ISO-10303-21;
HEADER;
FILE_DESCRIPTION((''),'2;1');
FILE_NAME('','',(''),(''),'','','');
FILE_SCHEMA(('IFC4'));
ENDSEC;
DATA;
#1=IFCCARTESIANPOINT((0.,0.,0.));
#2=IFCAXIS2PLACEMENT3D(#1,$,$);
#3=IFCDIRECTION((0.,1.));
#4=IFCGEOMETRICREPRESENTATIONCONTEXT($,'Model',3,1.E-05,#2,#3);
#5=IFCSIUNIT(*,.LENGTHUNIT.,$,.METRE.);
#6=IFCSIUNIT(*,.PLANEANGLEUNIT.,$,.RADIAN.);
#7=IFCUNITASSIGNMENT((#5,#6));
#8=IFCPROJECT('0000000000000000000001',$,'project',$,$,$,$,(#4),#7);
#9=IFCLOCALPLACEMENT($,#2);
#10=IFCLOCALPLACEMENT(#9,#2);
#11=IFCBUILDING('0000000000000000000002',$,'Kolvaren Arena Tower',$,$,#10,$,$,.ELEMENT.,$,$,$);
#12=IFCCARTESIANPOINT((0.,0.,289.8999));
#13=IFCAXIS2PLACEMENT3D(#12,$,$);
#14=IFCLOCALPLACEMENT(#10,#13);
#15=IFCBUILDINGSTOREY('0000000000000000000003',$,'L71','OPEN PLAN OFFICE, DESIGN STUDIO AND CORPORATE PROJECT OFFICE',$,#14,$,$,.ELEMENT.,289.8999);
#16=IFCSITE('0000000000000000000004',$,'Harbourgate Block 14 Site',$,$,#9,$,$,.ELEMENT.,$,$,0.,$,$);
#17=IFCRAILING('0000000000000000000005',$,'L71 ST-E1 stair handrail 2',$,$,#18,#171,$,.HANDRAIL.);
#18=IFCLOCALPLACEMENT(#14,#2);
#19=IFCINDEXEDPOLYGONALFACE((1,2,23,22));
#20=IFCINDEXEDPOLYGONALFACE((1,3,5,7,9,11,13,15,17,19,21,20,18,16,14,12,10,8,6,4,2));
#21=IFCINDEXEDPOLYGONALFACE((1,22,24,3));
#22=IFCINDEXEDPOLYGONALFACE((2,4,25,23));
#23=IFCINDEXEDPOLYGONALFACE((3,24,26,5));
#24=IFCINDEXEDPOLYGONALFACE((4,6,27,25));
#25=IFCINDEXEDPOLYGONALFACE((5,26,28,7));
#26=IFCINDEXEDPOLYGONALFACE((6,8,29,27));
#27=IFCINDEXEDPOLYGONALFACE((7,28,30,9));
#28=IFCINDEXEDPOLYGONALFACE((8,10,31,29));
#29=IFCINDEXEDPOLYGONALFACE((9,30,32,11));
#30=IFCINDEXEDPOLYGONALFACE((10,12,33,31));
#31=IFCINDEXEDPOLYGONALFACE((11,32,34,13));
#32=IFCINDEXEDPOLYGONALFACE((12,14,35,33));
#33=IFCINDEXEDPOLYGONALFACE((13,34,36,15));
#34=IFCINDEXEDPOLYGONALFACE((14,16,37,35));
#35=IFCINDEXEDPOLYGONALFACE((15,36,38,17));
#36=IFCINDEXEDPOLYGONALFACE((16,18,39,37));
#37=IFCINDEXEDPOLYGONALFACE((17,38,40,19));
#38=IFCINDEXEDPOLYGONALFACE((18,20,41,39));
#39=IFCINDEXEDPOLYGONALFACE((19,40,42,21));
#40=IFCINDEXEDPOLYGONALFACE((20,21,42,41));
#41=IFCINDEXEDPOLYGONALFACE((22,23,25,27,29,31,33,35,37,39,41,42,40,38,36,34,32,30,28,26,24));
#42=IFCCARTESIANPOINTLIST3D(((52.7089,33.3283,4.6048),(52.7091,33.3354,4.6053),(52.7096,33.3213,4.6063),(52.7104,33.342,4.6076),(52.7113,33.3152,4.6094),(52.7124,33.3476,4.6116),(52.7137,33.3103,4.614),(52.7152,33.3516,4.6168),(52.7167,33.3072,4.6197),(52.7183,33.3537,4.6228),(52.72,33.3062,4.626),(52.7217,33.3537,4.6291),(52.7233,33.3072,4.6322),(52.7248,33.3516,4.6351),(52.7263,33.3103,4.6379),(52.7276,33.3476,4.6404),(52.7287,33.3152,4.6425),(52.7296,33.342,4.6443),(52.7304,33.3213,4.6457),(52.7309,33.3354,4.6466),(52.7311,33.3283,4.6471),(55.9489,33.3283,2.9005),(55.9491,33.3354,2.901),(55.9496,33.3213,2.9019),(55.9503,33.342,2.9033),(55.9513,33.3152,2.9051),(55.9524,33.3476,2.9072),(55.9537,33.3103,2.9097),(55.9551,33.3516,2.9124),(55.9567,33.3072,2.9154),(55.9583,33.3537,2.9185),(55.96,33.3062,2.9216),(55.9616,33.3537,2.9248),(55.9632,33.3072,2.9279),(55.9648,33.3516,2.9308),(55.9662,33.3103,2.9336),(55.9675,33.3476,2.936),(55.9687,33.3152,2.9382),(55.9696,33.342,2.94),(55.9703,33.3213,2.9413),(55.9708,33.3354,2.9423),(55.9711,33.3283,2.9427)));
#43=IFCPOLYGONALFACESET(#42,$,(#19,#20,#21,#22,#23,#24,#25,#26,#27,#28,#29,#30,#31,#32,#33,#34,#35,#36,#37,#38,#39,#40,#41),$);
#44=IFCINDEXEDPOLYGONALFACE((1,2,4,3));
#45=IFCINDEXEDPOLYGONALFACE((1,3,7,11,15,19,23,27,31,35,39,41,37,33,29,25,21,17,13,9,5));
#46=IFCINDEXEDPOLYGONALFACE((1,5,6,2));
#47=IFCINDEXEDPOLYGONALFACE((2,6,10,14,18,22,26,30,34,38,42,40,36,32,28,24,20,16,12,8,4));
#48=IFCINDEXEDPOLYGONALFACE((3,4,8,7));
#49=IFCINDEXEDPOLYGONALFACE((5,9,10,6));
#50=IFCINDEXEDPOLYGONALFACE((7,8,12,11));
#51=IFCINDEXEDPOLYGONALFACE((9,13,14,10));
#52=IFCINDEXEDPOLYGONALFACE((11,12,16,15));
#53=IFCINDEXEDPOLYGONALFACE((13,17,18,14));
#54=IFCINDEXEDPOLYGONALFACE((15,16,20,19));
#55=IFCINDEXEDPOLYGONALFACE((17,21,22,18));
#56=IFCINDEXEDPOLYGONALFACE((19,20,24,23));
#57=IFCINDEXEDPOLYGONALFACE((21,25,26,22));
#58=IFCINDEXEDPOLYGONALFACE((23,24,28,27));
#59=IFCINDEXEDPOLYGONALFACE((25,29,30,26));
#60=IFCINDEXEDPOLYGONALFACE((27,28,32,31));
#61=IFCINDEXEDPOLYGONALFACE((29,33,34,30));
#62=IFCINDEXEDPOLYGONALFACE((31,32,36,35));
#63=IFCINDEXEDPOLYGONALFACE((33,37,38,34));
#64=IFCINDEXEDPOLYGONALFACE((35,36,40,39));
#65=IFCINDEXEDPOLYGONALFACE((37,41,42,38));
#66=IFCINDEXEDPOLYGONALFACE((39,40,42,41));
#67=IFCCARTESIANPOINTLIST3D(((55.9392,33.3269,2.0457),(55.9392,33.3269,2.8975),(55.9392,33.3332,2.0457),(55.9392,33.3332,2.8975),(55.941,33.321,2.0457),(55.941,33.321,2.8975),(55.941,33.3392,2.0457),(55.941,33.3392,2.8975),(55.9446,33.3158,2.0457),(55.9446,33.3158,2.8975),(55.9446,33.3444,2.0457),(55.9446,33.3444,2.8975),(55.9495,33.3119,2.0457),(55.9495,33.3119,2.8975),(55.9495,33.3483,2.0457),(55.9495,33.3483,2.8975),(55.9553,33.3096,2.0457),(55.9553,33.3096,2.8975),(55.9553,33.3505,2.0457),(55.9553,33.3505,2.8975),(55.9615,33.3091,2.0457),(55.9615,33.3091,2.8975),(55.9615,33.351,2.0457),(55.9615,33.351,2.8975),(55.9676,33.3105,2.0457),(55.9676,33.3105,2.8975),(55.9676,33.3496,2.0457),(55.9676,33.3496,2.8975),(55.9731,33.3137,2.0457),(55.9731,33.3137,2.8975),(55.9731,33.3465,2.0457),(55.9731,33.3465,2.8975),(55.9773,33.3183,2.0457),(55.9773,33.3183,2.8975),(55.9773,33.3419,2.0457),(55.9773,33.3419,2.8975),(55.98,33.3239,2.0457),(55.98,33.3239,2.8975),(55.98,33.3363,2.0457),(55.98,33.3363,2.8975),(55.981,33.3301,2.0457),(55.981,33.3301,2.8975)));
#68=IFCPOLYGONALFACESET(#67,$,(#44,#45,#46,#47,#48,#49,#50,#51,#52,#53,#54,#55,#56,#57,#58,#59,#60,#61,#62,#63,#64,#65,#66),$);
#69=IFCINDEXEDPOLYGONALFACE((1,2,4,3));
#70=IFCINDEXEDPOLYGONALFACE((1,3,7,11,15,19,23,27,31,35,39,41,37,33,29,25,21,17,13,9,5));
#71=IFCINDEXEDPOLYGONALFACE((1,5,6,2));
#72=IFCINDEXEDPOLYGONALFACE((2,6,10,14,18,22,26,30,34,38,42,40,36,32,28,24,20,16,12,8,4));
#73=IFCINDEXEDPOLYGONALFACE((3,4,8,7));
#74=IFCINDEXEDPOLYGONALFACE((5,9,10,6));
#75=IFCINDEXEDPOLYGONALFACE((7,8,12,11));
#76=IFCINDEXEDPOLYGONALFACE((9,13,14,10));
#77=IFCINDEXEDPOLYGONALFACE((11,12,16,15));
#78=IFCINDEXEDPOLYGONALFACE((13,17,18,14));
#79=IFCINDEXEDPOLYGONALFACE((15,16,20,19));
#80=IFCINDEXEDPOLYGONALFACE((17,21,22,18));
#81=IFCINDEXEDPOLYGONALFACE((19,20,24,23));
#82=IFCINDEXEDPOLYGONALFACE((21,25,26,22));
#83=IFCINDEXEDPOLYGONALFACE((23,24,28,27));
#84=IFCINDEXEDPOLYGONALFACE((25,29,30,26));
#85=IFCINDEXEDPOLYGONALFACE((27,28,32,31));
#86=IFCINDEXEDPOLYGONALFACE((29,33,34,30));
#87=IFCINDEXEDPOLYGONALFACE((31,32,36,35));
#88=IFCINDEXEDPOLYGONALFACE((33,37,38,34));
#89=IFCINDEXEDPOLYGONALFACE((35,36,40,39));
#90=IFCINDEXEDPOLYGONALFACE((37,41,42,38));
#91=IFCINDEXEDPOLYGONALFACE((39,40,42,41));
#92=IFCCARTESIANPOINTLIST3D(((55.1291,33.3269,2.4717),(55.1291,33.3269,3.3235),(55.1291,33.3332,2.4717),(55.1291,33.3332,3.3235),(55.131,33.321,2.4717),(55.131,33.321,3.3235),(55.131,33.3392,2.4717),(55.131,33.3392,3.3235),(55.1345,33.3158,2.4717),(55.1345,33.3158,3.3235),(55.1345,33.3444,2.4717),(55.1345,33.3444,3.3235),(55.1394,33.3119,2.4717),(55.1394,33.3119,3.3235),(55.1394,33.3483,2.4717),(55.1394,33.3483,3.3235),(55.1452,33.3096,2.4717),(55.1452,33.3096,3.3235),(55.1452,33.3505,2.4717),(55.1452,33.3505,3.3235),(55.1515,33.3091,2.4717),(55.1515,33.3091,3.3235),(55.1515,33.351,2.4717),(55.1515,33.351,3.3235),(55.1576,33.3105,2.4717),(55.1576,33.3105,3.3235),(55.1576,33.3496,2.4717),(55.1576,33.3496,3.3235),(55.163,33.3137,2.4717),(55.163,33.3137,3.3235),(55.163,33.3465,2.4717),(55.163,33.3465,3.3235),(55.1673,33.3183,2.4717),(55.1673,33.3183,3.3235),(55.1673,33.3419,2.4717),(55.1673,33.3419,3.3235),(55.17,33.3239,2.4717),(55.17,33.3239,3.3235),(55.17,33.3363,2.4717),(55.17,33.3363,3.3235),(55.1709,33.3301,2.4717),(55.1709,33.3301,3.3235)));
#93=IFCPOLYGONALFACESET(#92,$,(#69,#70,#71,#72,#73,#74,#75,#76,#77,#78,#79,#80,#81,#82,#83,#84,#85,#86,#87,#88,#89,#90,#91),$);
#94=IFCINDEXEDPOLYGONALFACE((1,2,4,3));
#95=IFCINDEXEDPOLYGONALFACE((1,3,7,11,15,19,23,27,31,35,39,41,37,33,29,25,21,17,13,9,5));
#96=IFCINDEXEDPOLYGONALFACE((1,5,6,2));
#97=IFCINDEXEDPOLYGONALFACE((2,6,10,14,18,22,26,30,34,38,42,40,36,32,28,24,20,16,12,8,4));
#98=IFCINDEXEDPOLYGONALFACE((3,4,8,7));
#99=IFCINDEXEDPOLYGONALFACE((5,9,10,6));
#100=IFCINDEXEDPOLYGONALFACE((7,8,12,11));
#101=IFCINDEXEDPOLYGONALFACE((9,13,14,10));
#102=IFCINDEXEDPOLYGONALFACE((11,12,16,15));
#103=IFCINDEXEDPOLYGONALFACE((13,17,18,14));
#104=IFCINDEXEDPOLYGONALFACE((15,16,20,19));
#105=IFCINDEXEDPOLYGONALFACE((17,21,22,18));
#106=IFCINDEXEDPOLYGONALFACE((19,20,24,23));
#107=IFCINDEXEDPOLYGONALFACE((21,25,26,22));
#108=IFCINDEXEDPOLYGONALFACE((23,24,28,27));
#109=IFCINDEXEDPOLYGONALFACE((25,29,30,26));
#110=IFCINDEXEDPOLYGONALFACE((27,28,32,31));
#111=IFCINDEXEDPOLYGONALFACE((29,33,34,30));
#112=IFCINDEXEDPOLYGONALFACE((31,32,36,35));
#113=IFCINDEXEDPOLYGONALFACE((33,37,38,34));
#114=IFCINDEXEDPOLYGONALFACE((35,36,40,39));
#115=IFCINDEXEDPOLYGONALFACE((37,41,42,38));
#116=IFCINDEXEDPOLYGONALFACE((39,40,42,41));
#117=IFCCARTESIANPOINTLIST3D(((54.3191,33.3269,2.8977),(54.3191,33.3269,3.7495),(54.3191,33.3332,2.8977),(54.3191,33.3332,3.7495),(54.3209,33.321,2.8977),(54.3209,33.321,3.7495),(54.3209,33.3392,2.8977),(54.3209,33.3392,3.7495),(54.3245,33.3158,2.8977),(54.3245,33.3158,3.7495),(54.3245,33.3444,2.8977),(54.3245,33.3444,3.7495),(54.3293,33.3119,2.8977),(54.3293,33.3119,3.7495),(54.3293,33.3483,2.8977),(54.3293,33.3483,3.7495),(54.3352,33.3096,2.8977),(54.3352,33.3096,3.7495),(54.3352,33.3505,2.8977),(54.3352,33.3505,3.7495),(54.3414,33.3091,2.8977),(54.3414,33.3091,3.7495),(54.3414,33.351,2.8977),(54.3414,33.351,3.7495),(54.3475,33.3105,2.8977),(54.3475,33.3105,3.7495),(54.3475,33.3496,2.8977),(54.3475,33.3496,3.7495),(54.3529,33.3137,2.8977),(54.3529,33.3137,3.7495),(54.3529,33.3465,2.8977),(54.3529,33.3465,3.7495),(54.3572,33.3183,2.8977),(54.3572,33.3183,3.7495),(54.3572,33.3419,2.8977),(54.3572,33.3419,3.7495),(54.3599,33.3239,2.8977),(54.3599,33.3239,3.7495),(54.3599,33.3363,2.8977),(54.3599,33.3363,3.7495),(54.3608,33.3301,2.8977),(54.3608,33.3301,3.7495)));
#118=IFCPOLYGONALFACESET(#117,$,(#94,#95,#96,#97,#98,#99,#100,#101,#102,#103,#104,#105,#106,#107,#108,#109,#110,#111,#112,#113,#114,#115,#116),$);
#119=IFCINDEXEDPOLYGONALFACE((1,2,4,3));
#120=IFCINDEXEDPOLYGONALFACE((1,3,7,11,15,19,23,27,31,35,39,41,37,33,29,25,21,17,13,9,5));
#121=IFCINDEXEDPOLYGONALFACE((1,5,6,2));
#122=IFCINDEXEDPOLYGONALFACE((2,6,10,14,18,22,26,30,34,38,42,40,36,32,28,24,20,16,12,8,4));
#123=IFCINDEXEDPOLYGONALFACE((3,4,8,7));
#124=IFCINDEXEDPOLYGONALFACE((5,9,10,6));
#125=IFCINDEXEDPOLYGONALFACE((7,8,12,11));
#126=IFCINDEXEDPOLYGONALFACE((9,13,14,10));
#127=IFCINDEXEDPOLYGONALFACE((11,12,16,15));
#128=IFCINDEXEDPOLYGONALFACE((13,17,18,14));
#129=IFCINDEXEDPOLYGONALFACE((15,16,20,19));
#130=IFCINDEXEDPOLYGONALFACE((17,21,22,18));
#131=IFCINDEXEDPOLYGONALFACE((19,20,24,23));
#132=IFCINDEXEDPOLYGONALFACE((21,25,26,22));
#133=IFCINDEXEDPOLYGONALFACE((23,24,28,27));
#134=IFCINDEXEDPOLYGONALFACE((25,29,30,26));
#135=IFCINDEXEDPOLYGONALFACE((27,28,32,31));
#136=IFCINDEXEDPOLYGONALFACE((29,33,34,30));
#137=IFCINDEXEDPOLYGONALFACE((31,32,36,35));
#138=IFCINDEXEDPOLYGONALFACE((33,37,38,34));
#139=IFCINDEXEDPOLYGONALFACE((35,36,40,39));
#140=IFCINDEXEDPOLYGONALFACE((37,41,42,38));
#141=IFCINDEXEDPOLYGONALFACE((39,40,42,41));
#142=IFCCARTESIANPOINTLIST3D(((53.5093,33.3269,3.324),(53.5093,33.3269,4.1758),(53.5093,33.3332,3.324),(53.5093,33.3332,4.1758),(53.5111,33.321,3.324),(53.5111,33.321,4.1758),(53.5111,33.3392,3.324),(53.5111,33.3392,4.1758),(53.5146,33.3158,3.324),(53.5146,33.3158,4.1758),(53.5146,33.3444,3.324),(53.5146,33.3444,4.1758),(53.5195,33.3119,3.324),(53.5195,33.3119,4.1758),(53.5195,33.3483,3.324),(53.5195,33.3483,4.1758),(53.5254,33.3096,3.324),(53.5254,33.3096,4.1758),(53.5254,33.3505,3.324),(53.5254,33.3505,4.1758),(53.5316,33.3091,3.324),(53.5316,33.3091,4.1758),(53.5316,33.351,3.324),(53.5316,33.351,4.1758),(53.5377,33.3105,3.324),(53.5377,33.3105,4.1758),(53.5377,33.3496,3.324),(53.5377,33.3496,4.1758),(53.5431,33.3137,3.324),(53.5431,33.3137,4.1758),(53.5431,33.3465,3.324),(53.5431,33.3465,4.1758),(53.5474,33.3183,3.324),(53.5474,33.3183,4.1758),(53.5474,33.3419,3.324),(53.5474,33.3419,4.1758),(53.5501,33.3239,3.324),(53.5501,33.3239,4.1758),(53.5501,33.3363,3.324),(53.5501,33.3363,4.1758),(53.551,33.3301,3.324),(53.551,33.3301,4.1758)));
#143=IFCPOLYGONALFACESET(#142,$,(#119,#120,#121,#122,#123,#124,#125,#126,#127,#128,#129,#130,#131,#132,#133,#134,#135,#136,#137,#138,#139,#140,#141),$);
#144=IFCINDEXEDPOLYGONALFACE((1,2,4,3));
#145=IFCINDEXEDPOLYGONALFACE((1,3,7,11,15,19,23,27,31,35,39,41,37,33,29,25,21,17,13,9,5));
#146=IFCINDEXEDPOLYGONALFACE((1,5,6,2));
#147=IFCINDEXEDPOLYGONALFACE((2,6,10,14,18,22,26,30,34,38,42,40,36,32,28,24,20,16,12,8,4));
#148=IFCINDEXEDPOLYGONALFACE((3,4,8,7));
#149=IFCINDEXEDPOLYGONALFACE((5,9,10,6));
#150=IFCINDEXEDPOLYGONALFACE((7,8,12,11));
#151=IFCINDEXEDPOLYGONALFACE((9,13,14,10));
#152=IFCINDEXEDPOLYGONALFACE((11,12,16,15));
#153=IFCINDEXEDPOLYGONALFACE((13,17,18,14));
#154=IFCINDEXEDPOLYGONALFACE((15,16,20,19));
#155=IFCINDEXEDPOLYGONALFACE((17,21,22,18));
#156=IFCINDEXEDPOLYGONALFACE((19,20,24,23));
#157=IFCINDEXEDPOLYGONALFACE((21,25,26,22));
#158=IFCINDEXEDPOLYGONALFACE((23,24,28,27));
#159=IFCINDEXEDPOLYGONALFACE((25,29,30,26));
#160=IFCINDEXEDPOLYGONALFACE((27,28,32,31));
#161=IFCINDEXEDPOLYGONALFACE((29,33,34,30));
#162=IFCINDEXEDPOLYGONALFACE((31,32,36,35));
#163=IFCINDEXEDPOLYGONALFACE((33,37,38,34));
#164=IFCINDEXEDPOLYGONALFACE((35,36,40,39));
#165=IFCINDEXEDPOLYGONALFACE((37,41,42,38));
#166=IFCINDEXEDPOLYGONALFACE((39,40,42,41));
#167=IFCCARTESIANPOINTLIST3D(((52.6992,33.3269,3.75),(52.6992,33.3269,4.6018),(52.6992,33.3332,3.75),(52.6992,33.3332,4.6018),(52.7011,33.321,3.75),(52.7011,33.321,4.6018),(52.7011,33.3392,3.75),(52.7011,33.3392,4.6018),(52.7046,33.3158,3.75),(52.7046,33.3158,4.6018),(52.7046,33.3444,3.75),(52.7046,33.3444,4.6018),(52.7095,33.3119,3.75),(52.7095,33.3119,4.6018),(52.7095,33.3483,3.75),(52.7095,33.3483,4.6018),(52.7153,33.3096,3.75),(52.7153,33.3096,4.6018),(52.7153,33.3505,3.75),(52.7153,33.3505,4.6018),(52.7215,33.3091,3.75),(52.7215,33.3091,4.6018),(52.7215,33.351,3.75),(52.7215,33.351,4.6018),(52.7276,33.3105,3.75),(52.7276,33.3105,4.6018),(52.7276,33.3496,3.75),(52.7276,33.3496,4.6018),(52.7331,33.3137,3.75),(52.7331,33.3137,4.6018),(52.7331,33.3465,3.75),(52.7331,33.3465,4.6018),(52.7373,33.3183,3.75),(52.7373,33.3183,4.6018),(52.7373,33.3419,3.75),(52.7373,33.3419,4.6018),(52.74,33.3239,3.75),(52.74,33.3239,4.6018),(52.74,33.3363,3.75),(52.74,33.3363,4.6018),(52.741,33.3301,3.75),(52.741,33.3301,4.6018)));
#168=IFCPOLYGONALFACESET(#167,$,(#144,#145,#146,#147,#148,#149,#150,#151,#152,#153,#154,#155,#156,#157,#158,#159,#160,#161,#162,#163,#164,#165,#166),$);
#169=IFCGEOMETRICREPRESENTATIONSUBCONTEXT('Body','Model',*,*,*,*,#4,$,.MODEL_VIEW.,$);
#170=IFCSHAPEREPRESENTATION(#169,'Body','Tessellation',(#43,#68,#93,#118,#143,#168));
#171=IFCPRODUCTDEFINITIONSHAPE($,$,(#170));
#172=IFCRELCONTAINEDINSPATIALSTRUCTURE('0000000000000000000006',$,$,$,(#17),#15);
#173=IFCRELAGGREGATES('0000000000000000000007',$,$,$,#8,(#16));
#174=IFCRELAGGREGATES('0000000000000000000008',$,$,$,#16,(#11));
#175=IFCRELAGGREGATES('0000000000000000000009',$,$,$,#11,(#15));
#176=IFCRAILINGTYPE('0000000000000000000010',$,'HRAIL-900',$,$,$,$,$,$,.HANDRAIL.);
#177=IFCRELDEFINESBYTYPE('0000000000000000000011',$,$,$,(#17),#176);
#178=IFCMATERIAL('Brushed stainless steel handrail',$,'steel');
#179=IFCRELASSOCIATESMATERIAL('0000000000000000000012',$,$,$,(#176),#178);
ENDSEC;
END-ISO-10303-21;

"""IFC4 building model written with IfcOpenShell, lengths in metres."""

from ifc_helpers import new_model, si_unit, direction, frame, origin, origin_2d, place, context, subcontext, project, spatial, circle, extrude, material, type_object, element, save


model = new_model("IFC4")

# Units and contexts
model_context = context("Model", 3, precision=1e-05, world=origin(), true_north=direction((0.0, 1.0)))
body_context = subcontext(model_context, "Body", "Model", "MODEL_VIEW")
ifc_project = project(units=[si_unit("LENGTHUNIT", "METRE"), si_unit("PLANEANGLEUNIT", "RADIAN")], contexts=[model_context])

# Site, building, storey
site_placement = place(None, origin())
site = spatial("IfcSite", under=ifc_project, at=site_placement, Name="Harbourgate Block 14 Site", CompositionType="ELEMENT", RefElevation=0.0)
building_placement = place(site_placement, origin())
building = spatial("IfcBuilding", under=site, at=building_placement, Name="Kolvaren Arena Tower", CompositionType="ELEMENT")
storey_placement = place(building_placement, frame((0.0, 0.0, 289.8999)))
storey = spatial("IfcBuildingStorey", under=building, at=storey_placement, Name="L71", Description="OPEN PLAN OFFICE, DESIGN STUDIO AND CORPORATE PROJECT OFFICE", CompositionType="ELEMENT", Elevation=289.8999)

# Railing
ifc_material_1 = material(Name="Brushed stainless steel handrail", Category="steel")
railing_type_1 = type_object("IfcRailingType", Name="HRAIL-900", PredefinedType="HANDRAIL", material=ifc_material_1)
railing_1_placement = place(storey_placement, frame((55.96, 33.3301, 2.0457)))
element("IfcRailing", 1, at=railing_1_placement, inside=storey, type_object=railing_type_1, Name="L71 ST-E1 stair handrail 2", PredefinedType="HANDRAIL", context=body_context, shape_type="SweptSolid", body=[
    extrude(circle(Radius=0.0239, at=origin_2d()), frame((0.0, 0.0, 0.876), z_axis=(-0.885021, 0.0, 0.465551), x_axis=(0.0, -1.0, 0.0)), (0.0, 0.0, 1.0), 3.6609),
    extrude(circle(Radius=0.021, at=origin_2d()), origin(), (0.0, 0.0, 1.0), 0.8518),
    extrude(circle(Radius=0.021, at=origin_2d()), frame((-0.8101, 0.0, 0.426)), (0.0, 0.0, 1.0), 0.8518),
    extrude(circle(Radius=0.021, at=origin_2d()), frame((-1.6201, 0.0, 0.8521)), (0.0, 0.0, 1.0), 0.8518),
    extrude(circle(Radius=0.021, at=origin_2d()), frame((-2.4299, 0.0, 1.2783)), (0.0, 0.0, 1.0), 0.8518),
    extrude(circle(Radius=0.021, at=origin_2d()), frame((-3.24, 0.0, 1.7043)), (0.0, 0.0, 1.0), 0.8518),
])

save(model, "model.ifc")
